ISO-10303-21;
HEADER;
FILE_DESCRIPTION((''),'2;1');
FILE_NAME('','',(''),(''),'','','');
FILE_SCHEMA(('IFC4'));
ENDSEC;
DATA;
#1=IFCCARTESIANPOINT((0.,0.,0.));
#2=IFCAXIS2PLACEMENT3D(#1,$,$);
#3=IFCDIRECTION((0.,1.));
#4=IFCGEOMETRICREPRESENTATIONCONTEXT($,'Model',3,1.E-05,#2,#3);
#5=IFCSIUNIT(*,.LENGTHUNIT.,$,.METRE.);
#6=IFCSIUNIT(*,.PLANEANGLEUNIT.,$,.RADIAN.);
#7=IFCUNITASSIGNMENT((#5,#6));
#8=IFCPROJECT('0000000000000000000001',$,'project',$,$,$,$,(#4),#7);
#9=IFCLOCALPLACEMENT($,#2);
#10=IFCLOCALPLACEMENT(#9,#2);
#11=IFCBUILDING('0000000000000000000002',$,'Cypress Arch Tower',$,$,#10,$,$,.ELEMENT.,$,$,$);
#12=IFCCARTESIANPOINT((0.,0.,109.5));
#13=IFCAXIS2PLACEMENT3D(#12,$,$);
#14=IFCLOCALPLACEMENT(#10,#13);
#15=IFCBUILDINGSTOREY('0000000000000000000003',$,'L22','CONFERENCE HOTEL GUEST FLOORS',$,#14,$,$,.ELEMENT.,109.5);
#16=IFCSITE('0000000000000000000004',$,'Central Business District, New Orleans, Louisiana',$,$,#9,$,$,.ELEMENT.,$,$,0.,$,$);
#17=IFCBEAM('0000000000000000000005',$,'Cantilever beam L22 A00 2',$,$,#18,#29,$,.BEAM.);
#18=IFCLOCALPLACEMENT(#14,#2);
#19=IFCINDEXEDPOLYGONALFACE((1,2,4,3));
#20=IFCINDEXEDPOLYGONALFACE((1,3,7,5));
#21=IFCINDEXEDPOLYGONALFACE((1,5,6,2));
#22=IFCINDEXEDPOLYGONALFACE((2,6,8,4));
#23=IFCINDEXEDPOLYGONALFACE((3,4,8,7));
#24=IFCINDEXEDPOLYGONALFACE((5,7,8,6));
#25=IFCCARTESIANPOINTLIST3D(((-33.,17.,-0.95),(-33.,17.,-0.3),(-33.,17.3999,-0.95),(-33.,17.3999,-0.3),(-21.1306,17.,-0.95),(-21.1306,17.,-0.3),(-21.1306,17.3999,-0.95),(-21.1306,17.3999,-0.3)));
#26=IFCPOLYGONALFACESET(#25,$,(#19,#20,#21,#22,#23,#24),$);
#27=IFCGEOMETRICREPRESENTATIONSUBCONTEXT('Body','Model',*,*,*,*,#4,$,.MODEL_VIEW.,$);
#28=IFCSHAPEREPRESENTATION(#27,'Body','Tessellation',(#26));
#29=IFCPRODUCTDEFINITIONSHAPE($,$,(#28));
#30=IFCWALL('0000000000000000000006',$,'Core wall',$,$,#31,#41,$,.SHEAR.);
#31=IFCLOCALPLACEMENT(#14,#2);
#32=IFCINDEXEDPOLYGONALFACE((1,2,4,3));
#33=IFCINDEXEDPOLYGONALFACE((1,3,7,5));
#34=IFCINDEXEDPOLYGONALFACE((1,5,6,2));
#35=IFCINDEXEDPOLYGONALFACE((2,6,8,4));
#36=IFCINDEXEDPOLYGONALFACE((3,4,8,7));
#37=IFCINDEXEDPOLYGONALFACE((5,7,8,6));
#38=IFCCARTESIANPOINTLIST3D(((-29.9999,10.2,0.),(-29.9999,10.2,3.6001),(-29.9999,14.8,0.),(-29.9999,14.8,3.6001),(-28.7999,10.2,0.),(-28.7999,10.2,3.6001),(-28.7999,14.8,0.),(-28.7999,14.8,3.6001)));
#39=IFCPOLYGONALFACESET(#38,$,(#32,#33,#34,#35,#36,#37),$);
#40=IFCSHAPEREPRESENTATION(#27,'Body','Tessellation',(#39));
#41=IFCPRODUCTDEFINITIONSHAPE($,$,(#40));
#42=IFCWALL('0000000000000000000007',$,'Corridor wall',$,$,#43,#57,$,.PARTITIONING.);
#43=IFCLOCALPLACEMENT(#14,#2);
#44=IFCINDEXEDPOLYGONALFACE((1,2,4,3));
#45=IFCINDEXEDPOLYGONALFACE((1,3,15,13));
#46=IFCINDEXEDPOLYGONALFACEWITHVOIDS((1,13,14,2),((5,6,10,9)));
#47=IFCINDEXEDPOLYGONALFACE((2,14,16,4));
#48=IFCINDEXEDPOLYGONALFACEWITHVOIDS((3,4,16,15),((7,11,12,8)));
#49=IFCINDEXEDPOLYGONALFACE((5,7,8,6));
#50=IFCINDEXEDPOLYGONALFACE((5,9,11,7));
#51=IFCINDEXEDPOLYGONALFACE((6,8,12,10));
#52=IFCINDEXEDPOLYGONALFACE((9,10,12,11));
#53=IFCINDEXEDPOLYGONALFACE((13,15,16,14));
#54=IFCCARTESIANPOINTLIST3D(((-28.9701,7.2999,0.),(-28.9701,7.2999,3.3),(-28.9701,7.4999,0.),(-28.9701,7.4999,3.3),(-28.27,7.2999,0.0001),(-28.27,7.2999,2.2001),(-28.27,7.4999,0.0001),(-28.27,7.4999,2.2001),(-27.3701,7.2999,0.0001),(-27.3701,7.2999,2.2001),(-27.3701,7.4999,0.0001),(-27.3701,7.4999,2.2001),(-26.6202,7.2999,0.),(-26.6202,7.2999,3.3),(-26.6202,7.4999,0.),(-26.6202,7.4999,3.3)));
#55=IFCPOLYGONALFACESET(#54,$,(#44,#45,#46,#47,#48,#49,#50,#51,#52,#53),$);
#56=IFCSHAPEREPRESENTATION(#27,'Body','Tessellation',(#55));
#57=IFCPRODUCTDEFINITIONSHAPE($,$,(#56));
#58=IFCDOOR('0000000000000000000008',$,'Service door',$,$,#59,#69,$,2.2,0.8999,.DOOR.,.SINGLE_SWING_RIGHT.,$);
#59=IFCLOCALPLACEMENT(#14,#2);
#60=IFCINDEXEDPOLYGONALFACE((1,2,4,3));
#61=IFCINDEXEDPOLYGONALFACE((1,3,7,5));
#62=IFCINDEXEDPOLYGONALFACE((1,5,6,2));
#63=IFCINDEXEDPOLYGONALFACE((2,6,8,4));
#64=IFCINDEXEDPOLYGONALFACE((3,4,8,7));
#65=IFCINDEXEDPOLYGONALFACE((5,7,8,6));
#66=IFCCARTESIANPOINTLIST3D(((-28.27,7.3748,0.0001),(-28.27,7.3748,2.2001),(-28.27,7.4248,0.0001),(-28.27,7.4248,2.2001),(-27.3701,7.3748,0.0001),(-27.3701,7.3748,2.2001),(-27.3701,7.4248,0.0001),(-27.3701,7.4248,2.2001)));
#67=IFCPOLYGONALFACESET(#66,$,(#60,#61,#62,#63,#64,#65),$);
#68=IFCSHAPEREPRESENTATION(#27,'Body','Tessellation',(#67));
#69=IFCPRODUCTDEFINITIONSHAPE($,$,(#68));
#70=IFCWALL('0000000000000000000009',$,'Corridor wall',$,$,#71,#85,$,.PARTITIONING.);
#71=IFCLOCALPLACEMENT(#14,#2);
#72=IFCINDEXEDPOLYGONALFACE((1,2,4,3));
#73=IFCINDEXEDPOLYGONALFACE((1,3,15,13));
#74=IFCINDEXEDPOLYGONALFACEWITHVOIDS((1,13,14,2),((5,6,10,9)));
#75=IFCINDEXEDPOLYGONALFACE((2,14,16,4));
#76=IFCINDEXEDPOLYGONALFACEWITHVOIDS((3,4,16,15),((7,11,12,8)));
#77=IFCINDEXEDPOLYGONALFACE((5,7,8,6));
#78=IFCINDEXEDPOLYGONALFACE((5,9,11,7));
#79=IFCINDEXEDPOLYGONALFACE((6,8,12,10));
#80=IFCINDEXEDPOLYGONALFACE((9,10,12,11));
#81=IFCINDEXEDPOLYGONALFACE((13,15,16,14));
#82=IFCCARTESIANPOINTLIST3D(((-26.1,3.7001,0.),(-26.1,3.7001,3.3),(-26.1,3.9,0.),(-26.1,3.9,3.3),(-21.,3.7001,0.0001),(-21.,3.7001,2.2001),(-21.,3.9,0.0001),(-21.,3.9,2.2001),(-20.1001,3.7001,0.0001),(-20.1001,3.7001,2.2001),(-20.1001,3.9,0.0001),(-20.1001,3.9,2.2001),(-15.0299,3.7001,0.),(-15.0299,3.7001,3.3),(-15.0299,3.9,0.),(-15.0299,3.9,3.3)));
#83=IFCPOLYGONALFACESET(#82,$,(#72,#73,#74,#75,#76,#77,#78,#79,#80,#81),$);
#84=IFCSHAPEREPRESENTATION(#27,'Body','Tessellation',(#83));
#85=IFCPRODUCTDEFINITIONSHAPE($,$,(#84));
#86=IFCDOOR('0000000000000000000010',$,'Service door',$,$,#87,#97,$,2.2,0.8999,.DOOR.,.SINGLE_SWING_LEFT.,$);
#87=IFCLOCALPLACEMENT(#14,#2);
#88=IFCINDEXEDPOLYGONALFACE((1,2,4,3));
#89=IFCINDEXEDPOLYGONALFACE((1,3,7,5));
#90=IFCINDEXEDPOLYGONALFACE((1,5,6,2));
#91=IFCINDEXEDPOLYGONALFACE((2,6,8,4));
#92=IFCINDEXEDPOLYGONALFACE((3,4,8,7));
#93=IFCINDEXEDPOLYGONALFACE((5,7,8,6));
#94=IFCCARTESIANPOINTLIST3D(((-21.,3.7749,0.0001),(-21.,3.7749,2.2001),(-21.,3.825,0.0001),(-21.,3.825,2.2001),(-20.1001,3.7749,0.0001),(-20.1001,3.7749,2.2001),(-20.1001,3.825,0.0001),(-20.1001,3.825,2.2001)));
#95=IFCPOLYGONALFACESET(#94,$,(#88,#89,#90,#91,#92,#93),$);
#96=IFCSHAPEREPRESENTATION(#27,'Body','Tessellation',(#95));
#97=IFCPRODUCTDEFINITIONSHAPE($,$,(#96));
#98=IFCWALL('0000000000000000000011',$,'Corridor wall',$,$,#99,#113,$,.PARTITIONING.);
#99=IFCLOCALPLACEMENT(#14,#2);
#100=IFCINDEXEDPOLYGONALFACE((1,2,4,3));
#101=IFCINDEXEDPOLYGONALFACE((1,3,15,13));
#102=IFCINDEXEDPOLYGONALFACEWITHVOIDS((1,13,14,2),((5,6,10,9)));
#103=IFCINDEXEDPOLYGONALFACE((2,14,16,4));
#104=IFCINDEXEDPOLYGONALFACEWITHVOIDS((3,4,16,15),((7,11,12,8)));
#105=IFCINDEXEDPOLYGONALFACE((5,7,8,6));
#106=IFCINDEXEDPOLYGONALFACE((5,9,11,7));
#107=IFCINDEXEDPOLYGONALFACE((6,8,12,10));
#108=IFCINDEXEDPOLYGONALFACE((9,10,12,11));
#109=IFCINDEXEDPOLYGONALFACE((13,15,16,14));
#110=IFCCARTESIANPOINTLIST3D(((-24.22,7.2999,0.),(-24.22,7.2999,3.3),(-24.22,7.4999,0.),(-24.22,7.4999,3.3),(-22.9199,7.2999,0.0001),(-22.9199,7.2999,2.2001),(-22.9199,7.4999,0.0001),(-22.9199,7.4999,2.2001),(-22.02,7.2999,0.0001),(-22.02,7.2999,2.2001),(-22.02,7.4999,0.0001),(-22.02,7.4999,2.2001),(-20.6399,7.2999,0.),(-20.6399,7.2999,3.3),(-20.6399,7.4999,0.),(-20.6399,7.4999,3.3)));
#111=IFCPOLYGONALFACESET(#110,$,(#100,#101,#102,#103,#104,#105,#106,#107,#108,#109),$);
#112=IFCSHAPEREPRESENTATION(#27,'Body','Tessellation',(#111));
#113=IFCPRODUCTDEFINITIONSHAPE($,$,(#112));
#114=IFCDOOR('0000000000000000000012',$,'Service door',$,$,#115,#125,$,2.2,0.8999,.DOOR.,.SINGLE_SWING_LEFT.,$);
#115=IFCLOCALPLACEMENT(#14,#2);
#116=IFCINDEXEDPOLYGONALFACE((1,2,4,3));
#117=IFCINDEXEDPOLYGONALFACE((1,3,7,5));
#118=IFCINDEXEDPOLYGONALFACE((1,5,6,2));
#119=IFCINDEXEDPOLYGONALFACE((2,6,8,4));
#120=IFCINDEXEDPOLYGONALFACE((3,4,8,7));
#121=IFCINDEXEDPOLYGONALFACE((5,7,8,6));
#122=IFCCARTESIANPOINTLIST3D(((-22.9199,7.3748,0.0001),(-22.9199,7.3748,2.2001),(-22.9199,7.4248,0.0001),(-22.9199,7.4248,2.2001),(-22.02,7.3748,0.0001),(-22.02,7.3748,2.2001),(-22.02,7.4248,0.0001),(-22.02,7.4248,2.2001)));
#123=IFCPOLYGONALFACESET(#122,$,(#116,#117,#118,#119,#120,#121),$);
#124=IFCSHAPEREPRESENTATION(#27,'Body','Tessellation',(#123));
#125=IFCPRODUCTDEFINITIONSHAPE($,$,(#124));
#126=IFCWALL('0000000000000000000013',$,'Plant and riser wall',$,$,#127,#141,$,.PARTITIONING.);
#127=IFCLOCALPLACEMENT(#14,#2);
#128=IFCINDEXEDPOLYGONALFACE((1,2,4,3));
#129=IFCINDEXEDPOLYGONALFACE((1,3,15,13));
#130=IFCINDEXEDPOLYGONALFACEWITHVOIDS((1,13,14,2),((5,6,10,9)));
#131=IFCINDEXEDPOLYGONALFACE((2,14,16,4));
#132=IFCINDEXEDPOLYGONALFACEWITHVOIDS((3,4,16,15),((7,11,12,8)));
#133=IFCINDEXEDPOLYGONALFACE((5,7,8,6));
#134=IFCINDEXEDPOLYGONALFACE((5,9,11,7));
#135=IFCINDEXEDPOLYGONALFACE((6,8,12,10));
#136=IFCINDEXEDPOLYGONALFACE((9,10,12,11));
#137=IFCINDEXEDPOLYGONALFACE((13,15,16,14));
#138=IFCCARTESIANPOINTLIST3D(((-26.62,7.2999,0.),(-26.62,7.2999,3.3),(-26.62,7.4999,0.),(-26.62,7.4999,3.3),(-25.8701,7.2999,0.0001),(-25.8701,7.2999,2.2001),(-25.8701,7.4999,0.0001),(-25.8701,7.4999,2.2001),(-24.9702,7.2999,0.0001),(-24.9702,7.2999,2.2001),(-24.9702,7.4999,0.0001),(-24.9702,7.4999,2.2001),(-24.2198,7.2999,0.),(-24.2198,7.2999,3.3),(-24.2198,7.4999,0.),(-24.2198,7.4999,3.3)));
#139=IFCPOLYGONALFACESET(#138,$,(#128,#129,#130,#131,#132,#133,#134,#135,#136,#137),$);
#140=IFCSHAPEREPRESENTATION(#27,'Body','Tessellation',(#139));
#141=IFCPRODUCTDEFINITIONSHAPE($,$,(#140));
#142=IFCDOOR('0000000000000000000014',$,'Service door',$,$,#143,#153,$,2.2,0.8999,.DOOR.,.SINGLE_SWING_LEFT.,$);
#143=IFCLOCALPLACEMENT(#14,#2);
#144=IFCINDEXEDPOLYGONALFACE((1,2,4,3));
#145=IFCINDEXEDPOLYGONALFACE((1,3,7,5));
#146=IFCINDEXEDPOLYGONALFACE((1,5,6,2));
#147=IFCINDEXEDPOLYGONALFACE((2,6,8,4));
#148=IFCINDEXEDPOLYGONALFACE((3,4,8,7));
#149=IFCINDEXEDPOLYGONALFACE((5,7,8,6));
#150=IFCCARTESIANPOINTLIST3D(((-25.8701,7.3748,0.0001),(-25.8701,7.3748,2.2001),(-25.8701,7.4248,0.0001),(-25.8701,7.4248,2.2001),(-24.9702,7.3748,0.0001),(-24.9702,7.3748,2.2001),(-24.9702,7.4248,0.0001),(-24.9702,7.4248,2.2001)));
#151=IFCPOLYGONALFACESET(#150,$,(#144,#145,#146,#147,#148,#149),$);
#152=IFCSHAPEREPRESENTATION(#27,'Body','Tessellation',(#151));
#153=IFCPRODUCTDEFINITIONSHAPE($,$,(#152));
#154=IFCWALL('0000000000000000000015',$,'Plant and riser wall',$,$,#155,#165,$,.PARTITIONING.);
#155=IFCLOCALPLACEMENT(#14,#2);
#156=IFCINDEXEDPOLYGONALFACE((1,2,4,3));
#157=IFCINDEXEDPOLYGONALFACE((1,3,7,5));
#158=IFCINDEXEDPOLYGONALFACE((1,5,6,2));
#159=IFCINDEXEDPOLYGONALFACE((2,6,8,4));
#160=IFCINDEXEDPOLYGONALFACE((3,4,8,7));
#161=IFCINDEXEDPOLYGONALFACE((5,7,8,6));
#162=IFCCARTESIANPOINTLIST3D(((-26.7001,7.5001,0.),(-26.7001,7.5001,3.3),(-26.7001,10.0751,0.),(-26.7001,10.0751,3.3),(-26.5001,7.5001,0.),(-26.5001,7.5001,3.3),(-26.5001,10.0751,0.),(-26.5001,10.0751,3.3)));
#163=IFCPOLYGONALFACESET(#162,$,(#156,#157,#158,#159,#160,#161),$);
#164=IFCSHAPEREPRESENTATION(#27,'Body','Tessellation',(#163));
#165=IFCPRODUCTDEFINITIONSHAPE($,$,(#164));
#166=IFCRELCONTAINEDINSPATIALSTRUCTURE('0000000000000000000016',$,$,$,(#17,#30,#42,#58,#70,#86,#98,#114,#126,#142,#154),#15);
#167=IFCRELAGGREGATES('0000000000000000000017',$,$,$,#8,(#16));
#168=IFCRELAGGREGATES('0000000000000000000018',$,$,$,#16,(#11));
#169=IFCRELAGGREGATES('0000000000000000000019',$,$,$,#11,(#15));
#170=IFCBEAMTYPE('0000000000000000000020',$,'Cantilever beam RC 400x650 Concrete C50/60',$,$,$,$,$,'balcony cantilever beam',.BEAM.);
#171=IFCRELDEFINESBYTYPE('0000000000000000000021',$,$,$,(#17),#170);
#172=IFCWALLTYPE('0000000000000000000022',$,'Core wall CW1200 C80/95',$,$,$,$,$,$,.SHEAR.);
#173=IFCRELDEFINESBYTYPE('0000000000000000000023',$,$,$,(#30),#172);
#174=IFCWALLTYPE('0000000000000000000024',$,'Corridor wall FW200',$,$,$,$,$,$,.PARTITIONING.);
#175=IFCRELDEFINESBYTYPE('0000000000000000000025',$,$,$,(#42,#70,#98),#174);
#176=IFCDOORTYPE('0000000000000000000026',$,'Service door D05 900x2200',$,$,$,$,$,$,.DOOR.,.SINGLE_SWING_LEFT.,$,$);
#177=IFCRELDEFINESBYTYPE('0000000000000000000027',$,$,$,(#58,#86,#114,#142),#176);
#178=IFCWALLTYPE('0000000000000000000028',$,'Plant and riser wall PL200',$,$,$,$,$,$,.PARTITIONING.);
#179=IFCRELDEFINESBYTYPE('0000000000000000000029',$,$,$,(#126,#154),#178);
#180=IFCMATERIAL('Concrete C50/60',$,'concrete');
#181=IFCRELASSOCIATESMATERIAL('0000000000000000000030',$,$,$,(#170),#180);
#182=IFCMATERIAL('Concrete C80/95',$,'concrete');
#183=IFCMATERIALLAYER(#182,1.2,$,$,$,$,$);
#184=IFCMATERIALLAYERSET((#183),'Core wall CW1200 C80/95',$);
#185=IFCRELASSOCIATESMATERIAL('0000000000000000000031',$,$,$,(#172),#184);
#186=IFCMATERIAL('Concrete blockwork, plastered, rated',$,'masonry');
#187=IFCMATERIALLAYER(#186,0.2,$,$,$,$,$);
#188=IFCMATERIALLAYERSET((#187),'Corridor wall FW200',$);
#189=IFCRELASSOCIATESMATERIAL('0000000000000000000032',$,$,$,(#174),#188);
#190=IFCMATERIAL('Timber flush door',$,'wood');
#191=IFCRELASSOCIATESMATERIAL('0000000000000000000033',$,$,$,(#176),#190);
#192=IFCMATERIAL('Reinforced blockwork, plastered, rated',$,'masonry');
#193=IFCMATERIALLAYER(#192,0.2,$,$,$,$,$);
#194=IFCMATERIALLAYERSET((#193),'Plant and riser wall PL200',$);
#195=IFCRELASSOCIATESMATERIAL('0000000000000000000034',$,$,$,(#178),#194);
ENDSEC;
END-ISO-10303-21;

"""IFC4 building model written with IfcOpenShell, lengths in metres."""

from ifc_helpers import new_model, si_unit, direction, frame, frame_2d, origin, origin_2d, place, context, subcontext, project, spatial, rectangle, extrude, material, layer, layer_set, material_profile, profile_set, type_object, element, fill, save


model = new_model("IFC4")

# Units and contexts
model_context = context("Model", 3, precision=1e-05, world=origin(), true_north=direction((0.0, 1.0)))
body_context = subcontext(model_context, "Body", "Model", "MODEL_VIEW")
ifc_project = project(units=[si_unit("LENGTHUNIT", "METRE"), si_unit("PLANEANGLEUNIT", "RADIAN")], contexts=[model_context])

# Site, building, storey
site_placement = place(None, origin())
site = spatial("IfcSite", under=ifc_project, at=site_placement, Name="Central Business District, New Orleans, Louisiana", CompositionType="ELEMENT", RefElevation=0.0)
building_placement = place(site_placement, origin())
building = spatial("IfcBuilding", under=site, at=building_placement, Name="Cypress Arch Tower", CompositionType="ELEMENT")
storey_placement = place(building_placement, frame((0.0, 0.0, 109.5)))
storey = spatial("IfcBuildingStorey", under=building, at=storey_placement, Name="L22", Description="CONFERENCE HOTEL GUEST FLOORS", CompositionType="ELEMENT", Elevation=109.5)

# Beam
ifc_material_1 = material(Name="Concrete C50/60", Category="concrete")
ifc_material_profile = material_profile(ifc_material_1, rectangle(XDim=0.3999, YDim=0.6499, at=origin_2d()), Name="RC 400x650")
ifc_profile_set = profile_set([ifc_material_profile], Name="Concrete C50/60")
beam_type = type_object("IfcBeamType", Name="Cantilever beam RC 400x650 Concrete C50/60", ElementType="balcony cantilever beam", PredefinedType="BEAM", material=ifc_profile_set)
beam_placement = place(storey_placement, frame((-21.1306, 17.2, -0.625), z_axis=(-1.0, 0.0, 0.0), x_axis=(0.0, -1.0, 0.0)))
element("IfcBeam", 1, at=beam_placement, inside=storey, type_object=beam_type, Name="Cantilever beam L22 A00 2", PredefinedType="BEAM", context=body_context, shape_type="SweptSolid", body=[
    extrude(rectangle(XDim=0.3999, YDim=0.6499, at=origin_2d()), origin(), (0.0, 0.0, 1.0), 11.8694),
])

# Shared definitions
ifc_material_2 = material(Name="Concrete C80/95", Category="concrete")
ifc_layer_1 = layer(ifc_material_2, 1.2)
ifc_layer_set_1 = layer_set([ifc_layer_1], Name="Core wall CW1200 C80/95")
wall_type_1 = type_object("IfcWallType", Name="Core wall CW1200 C80/95", PredefinedType="SHEAR", material=ifc_layer_set_1)

# Wall
wall_1_placement = place(storey_placement, frame((-29.3999, 10.2, 0.0), z_axis=(0.0, 0.0, 1.0), x_axis=(0.0, 1.0, 0.0)))
element("IfcWall", 2, at=wall_1_placement, inside=storey, type_object=wall_type_1, Name="Core wall", PredefinedType="SHEAR", context=body_context, shape_type="SweptSolid", body=[
    extrude(rectangle(XDim=4.6001, YDim=1.2, at=frame_2d((2.3, 0.0))), origin(), (0.0, 0.0, 1.0), 3.6001),
])

# Walls, openings, doors
ifc_material_3 = material(Name="Concrete blockwork, plastered, rated", Category="masonry")
ifc_layer_2 = layer(ifc_material_3, 0.2)
ifc_layer_set_2 = layer_set([ifc_layer_2], Name="Corridor wall FW200")
wall_type_2 = type_object("IfcWallType", Name="Corridor wall FW200", PredefinedType="PARTITIONING", material=ifc_layer_set_2)
wall_2_placement = place(storey_placement, frame((-28.97, 7.3999, 0.0), z_axis=(0.0, 0.0, 1.0), x_axis=(1.0, 0.0, 0.0)))
wall_2 = element("IfcWall", 3, at=wall_2_placement, inside=storey, type_object=wall_type_2, Name="Corridor wall", PredefinedType="PARTITIONING", context=body_context, shape_type="SweptSolid", body=[
    extrude(rectangle(XDim=2.3499, YDim=0.2, at=frame_2d((1.1748, 0.0))), origin(), (0.0, 0.0, 1.0), 3.3),
])
opening_1_placement = place(wall_2_placement, frame((0.7, 0.0, 0.0)))
opening_1 = element("IfcOpeningElement", 4, at=opening_1_placement, cuts=wall_2, PredefinedType="OPENING", context=body_context, shape_type="SweptSolid", body=[
    extrude(rectangle(XDim=0.8999, YDim=2.2, at=frame_2d((0.45, 1.1001))), frame((0.0, 0.1099, 0.0), z_axis=(0.0, -1.0, 0.0), x_axis=(1.0, 0.0, 0.0)), (0.0, 0.0, 1.0), 0.22),
])
ifc_material_4 = material(Name="Timber flush door", Category="wood")
door_type_1 = type_object("IfcDoorType", Name="Service door D05 900x2200", OperationType="SINGLE_SWING_LEFT", PredefinedType="DOOR", material=ifc_material_4)
door_1_placement = place(opening_1_placement, origin())
door_1 = element("IfcDoor", 5, at=door_1_placement, inside=storey, type_object=door_type_1, Name="Service door", OperationType="SINGLE_SWING_RIGHT", OverallHeight=2.2, OverallWidth=0.8999, PredefinedType="DOOR", context=body_context, shape_type="SweptSolid", body=[
    extrude(rectangle(XDim=0.8999, YDim=2.2, at=frame_2d((0.45, 1.1001))), frame((0.0, 0.0249, 0.0), z_axis=(0.0, -1.0, 0.0), x_axis=(1.0, 0.0, 0.0)), (0.0, 0.0, 1.0), 0.05),
])
fill(opening_1, door_1)
wall_3_placement = place(storey_placement, frame((-26.1001, 3.8, 0.0), z_axis=(0.0, 0.0, 1.0), x_axis=(1.0, 0.0, 0.0)))
wall_3 = element("IfcWall", 6, at=wall_3_placement, inside=storey, type_object=wall_type_2, Name="Corridor wall", PredefinedType="PARTITIONING", context=body_context, shape_type="SweptSolid", body=[
    extrude(rectangle(XDim=11.0701, YDim=0.2, at=frame_2d((5.5352, 0.0))), origin(), (0.0, 0.0, 1.0), 3.3),
])
opening_2_placement = place(wall_3_placement, frame((5.1001, 0.0, 0.0)))
opening_2 = element("IfcOpeningElement", 7, at=opening_2_placement, cuts=wall_3, PredefinedType="OPENING", context=body_context, shape_type="SweptSolid", body=[
    extrude(rectangle(XDim=0.8999, YDim=2.2, at=frame_2d((0.45, 1.1001))), frame((0.0, 0.1099, 0.0), z_axis=(0.0, -1.0, 0.0), x_axis=(1.0, 0.0, 0.0)), (0.0, 0.0, 1.0), 0.22),
])
door_2_placement = place(opening_2_placement, origin())
door_2 = element("IfcDoor", 8, at=door_2_placement, inside=storey, type_object=door_type_1, Name="Service door", OperationType="SINGLE_SWING_LEFT", OverallHeight=2.2, OverallWidth=0.8999, PredefinedType="DOOR", context=body_context, shape_type="SweptSolid", body=[
    extrude(rectangle(XDim=0.8999, YDim=2.2, at=frame_2d((0.45, 1.1001))), frame((0.0, 0.0249, 0.0), z_axis=(0.0, -1.0, 0.0), x_axis=(1.0, 0.0, 0.0)), (0.0, 0.0, 1.0), 0.05),
])
fill(opening_2, door_2)
wall_4_placement = place(storey_placement, frame((-24.22, 7.3999, 0.0), z_axis=(0.0, 0.0, 1.0), x_axis=(1.0, 0.0, 0.0)))
wall_4 = element("IfcWall", 9, at=wall_4_placement, inside=storey, type_object=wall_type_2, Name="Corridor wall", PredefinedType="PARTITIONING", context=body_context, shape_type="SweptSolid", body=[
    extrude(rectangle(XDim=3.5801, YDim=0.2, at=frame_2d((1.79, 0.0))), origin(), (0.0, 0.0, 1.0), 3.3),
])
opening_3_placement = place(wall_4_placement, frame((1.3, 0.0, 0.0)))
opening_3 = element("IfcOpeningElement", 10, at=opening_3_placement, cuts=wall_4, PredefinedType="OPENING", context=body_context, shape_type="SweptSolid", body=[
    extrude(rectangle(XDim=0.8999, YDim=2.2, at=frame_2d((0.45, 1.1001))), frame((0.0, 0.1099, 0.0), z_axis=(0.0, -1.0, 0.0), x_axis=(1.0, 0.0, 0.0)), (0.0, 0.0, 1.0), 0.22),
])
door_3_placement = place(opening_3_placement, origin())
door_3 = element("IfcDoor", 11, at=door_3_placement, inside=storey, type_object=door_type_1, Name="Service door", OperationType="SINGLE_SWING_LEFT", OverallHeight=2.2, OverallWidth=0.8999, PredefinedType="DOOR", context=body_context, shape_type="SweptSolid", body=[
    extrude(rectangle(XDim=0.8999, YDim=2.2, at=frame_2d((0.45, 1.1001))), frame((0.0, 0.0249, 0.0), z_axis=(0.0, -1.0, 0.0), x_axis=(1.0, 0.0, 0.0)), (0.0, 0.0, 1.0), 0.05),
])
fill(opening_3, door_3)
ifc_material_5 = material(Name="Reinforced blockwork, plastered, rated", Category="masonry")
ifc_layer_3 = layer(ifc_material_5, 0.2)
ifc_layer_set_3 = layer_set([ifc_layer_3], Name="Plant and riser wall PL200")
wall_type_3 = type_object("IfcWallType", Name="Plant and riser wall PL200", PredefinedType="PARTITIONING", material=ifc_layer_set_3)
wall_5_placement = place(storey_placement, frame((-26.6201, 7.3999, 0.0), z_axis=(0.0, 0.0, 1.0), x_axis=(1.0, 0.0, 0.0)))
wall_5 = element("IfcWall", 12, at=wall_5_placement, inside=storey, type_object=wall_type_3, Name="Plant and riser wall", PredefinedType="PARTITIONING", context=body_context, shape_type="SweptSolid", body=[
    extrude(rectangle(XDim=2.4001, YDim=0.2, at=frame_2d((1.2002, 0.0))), origin(), (0.0, 0.0, 1.0), 3.3),
])
opening_4_placement = place(wall_5_placement, frame((0.75, 0.0, 0.0)))
opening_4 = element("IfcOpeningElement", 13, at=opening_4_placement, cuts=wall_5, PredefinedType="OPENING", context=body_context, shape_type="SweptSolid", body=[
    extrude(rectangle(XDim=0.8999, YDim=2.2, at=frame_2d((0.45, 1.1001))), frame((0.0, 0.1099, 0.0), z_axis=(0.0, -1.0, 0.0), x_axis=(1.0, 0.0, 0.0)), (0.0, 0.0, 1.0), 0.22),
])
door_4_placement = place(opening_4_placement, origin())
door_4 = element("IfcDoor", 14, at=door_4_placement, inside=storey, type_object=door_type_1, Name="Service door", OperationType="SINGLE_SWING_LEFT", OverallHeight=2.2, OverallWidth=0.8999, PredefinedType="DOOR", context=body_context, shape_type="SweptSolid", body=[
    extrude(rectangle(XDim=0.8999, YDim=2.2, at=frame_2d((0.45, 1.1001))), frame((0.0, 0.0249, 0.0), z_axis=(0.0, -1.0, 0.0), x_axis=(1.0, 0.0, 0.0)), (0.0, 0.0, 1.0), 0.05),
])
fill(opening_4, door_4)

# Wall
wall_6_placement = place(storey_placement, frame((-26.6001, 7.5, 0.0), z_axis=(0.0, 0.0, 1.0), x_axis=(0.0, 1.0, 0.0)))
element("IfcWall", 15, at=wall_6_placement, inside=storey, type_object=wall_type_3, Name="Plant and riser wall", PredefinedType="PARTITIONING", context=body_context, shape_type="SweptSolid", body=[
    extrude(rectangle(XDim=2.575, YDim=0.2, at=frame_2d((1.2876, 0.0))), origin(), (0.0, 0.0, 1.0), 3.3),
])

save(model, "model.ifc")
